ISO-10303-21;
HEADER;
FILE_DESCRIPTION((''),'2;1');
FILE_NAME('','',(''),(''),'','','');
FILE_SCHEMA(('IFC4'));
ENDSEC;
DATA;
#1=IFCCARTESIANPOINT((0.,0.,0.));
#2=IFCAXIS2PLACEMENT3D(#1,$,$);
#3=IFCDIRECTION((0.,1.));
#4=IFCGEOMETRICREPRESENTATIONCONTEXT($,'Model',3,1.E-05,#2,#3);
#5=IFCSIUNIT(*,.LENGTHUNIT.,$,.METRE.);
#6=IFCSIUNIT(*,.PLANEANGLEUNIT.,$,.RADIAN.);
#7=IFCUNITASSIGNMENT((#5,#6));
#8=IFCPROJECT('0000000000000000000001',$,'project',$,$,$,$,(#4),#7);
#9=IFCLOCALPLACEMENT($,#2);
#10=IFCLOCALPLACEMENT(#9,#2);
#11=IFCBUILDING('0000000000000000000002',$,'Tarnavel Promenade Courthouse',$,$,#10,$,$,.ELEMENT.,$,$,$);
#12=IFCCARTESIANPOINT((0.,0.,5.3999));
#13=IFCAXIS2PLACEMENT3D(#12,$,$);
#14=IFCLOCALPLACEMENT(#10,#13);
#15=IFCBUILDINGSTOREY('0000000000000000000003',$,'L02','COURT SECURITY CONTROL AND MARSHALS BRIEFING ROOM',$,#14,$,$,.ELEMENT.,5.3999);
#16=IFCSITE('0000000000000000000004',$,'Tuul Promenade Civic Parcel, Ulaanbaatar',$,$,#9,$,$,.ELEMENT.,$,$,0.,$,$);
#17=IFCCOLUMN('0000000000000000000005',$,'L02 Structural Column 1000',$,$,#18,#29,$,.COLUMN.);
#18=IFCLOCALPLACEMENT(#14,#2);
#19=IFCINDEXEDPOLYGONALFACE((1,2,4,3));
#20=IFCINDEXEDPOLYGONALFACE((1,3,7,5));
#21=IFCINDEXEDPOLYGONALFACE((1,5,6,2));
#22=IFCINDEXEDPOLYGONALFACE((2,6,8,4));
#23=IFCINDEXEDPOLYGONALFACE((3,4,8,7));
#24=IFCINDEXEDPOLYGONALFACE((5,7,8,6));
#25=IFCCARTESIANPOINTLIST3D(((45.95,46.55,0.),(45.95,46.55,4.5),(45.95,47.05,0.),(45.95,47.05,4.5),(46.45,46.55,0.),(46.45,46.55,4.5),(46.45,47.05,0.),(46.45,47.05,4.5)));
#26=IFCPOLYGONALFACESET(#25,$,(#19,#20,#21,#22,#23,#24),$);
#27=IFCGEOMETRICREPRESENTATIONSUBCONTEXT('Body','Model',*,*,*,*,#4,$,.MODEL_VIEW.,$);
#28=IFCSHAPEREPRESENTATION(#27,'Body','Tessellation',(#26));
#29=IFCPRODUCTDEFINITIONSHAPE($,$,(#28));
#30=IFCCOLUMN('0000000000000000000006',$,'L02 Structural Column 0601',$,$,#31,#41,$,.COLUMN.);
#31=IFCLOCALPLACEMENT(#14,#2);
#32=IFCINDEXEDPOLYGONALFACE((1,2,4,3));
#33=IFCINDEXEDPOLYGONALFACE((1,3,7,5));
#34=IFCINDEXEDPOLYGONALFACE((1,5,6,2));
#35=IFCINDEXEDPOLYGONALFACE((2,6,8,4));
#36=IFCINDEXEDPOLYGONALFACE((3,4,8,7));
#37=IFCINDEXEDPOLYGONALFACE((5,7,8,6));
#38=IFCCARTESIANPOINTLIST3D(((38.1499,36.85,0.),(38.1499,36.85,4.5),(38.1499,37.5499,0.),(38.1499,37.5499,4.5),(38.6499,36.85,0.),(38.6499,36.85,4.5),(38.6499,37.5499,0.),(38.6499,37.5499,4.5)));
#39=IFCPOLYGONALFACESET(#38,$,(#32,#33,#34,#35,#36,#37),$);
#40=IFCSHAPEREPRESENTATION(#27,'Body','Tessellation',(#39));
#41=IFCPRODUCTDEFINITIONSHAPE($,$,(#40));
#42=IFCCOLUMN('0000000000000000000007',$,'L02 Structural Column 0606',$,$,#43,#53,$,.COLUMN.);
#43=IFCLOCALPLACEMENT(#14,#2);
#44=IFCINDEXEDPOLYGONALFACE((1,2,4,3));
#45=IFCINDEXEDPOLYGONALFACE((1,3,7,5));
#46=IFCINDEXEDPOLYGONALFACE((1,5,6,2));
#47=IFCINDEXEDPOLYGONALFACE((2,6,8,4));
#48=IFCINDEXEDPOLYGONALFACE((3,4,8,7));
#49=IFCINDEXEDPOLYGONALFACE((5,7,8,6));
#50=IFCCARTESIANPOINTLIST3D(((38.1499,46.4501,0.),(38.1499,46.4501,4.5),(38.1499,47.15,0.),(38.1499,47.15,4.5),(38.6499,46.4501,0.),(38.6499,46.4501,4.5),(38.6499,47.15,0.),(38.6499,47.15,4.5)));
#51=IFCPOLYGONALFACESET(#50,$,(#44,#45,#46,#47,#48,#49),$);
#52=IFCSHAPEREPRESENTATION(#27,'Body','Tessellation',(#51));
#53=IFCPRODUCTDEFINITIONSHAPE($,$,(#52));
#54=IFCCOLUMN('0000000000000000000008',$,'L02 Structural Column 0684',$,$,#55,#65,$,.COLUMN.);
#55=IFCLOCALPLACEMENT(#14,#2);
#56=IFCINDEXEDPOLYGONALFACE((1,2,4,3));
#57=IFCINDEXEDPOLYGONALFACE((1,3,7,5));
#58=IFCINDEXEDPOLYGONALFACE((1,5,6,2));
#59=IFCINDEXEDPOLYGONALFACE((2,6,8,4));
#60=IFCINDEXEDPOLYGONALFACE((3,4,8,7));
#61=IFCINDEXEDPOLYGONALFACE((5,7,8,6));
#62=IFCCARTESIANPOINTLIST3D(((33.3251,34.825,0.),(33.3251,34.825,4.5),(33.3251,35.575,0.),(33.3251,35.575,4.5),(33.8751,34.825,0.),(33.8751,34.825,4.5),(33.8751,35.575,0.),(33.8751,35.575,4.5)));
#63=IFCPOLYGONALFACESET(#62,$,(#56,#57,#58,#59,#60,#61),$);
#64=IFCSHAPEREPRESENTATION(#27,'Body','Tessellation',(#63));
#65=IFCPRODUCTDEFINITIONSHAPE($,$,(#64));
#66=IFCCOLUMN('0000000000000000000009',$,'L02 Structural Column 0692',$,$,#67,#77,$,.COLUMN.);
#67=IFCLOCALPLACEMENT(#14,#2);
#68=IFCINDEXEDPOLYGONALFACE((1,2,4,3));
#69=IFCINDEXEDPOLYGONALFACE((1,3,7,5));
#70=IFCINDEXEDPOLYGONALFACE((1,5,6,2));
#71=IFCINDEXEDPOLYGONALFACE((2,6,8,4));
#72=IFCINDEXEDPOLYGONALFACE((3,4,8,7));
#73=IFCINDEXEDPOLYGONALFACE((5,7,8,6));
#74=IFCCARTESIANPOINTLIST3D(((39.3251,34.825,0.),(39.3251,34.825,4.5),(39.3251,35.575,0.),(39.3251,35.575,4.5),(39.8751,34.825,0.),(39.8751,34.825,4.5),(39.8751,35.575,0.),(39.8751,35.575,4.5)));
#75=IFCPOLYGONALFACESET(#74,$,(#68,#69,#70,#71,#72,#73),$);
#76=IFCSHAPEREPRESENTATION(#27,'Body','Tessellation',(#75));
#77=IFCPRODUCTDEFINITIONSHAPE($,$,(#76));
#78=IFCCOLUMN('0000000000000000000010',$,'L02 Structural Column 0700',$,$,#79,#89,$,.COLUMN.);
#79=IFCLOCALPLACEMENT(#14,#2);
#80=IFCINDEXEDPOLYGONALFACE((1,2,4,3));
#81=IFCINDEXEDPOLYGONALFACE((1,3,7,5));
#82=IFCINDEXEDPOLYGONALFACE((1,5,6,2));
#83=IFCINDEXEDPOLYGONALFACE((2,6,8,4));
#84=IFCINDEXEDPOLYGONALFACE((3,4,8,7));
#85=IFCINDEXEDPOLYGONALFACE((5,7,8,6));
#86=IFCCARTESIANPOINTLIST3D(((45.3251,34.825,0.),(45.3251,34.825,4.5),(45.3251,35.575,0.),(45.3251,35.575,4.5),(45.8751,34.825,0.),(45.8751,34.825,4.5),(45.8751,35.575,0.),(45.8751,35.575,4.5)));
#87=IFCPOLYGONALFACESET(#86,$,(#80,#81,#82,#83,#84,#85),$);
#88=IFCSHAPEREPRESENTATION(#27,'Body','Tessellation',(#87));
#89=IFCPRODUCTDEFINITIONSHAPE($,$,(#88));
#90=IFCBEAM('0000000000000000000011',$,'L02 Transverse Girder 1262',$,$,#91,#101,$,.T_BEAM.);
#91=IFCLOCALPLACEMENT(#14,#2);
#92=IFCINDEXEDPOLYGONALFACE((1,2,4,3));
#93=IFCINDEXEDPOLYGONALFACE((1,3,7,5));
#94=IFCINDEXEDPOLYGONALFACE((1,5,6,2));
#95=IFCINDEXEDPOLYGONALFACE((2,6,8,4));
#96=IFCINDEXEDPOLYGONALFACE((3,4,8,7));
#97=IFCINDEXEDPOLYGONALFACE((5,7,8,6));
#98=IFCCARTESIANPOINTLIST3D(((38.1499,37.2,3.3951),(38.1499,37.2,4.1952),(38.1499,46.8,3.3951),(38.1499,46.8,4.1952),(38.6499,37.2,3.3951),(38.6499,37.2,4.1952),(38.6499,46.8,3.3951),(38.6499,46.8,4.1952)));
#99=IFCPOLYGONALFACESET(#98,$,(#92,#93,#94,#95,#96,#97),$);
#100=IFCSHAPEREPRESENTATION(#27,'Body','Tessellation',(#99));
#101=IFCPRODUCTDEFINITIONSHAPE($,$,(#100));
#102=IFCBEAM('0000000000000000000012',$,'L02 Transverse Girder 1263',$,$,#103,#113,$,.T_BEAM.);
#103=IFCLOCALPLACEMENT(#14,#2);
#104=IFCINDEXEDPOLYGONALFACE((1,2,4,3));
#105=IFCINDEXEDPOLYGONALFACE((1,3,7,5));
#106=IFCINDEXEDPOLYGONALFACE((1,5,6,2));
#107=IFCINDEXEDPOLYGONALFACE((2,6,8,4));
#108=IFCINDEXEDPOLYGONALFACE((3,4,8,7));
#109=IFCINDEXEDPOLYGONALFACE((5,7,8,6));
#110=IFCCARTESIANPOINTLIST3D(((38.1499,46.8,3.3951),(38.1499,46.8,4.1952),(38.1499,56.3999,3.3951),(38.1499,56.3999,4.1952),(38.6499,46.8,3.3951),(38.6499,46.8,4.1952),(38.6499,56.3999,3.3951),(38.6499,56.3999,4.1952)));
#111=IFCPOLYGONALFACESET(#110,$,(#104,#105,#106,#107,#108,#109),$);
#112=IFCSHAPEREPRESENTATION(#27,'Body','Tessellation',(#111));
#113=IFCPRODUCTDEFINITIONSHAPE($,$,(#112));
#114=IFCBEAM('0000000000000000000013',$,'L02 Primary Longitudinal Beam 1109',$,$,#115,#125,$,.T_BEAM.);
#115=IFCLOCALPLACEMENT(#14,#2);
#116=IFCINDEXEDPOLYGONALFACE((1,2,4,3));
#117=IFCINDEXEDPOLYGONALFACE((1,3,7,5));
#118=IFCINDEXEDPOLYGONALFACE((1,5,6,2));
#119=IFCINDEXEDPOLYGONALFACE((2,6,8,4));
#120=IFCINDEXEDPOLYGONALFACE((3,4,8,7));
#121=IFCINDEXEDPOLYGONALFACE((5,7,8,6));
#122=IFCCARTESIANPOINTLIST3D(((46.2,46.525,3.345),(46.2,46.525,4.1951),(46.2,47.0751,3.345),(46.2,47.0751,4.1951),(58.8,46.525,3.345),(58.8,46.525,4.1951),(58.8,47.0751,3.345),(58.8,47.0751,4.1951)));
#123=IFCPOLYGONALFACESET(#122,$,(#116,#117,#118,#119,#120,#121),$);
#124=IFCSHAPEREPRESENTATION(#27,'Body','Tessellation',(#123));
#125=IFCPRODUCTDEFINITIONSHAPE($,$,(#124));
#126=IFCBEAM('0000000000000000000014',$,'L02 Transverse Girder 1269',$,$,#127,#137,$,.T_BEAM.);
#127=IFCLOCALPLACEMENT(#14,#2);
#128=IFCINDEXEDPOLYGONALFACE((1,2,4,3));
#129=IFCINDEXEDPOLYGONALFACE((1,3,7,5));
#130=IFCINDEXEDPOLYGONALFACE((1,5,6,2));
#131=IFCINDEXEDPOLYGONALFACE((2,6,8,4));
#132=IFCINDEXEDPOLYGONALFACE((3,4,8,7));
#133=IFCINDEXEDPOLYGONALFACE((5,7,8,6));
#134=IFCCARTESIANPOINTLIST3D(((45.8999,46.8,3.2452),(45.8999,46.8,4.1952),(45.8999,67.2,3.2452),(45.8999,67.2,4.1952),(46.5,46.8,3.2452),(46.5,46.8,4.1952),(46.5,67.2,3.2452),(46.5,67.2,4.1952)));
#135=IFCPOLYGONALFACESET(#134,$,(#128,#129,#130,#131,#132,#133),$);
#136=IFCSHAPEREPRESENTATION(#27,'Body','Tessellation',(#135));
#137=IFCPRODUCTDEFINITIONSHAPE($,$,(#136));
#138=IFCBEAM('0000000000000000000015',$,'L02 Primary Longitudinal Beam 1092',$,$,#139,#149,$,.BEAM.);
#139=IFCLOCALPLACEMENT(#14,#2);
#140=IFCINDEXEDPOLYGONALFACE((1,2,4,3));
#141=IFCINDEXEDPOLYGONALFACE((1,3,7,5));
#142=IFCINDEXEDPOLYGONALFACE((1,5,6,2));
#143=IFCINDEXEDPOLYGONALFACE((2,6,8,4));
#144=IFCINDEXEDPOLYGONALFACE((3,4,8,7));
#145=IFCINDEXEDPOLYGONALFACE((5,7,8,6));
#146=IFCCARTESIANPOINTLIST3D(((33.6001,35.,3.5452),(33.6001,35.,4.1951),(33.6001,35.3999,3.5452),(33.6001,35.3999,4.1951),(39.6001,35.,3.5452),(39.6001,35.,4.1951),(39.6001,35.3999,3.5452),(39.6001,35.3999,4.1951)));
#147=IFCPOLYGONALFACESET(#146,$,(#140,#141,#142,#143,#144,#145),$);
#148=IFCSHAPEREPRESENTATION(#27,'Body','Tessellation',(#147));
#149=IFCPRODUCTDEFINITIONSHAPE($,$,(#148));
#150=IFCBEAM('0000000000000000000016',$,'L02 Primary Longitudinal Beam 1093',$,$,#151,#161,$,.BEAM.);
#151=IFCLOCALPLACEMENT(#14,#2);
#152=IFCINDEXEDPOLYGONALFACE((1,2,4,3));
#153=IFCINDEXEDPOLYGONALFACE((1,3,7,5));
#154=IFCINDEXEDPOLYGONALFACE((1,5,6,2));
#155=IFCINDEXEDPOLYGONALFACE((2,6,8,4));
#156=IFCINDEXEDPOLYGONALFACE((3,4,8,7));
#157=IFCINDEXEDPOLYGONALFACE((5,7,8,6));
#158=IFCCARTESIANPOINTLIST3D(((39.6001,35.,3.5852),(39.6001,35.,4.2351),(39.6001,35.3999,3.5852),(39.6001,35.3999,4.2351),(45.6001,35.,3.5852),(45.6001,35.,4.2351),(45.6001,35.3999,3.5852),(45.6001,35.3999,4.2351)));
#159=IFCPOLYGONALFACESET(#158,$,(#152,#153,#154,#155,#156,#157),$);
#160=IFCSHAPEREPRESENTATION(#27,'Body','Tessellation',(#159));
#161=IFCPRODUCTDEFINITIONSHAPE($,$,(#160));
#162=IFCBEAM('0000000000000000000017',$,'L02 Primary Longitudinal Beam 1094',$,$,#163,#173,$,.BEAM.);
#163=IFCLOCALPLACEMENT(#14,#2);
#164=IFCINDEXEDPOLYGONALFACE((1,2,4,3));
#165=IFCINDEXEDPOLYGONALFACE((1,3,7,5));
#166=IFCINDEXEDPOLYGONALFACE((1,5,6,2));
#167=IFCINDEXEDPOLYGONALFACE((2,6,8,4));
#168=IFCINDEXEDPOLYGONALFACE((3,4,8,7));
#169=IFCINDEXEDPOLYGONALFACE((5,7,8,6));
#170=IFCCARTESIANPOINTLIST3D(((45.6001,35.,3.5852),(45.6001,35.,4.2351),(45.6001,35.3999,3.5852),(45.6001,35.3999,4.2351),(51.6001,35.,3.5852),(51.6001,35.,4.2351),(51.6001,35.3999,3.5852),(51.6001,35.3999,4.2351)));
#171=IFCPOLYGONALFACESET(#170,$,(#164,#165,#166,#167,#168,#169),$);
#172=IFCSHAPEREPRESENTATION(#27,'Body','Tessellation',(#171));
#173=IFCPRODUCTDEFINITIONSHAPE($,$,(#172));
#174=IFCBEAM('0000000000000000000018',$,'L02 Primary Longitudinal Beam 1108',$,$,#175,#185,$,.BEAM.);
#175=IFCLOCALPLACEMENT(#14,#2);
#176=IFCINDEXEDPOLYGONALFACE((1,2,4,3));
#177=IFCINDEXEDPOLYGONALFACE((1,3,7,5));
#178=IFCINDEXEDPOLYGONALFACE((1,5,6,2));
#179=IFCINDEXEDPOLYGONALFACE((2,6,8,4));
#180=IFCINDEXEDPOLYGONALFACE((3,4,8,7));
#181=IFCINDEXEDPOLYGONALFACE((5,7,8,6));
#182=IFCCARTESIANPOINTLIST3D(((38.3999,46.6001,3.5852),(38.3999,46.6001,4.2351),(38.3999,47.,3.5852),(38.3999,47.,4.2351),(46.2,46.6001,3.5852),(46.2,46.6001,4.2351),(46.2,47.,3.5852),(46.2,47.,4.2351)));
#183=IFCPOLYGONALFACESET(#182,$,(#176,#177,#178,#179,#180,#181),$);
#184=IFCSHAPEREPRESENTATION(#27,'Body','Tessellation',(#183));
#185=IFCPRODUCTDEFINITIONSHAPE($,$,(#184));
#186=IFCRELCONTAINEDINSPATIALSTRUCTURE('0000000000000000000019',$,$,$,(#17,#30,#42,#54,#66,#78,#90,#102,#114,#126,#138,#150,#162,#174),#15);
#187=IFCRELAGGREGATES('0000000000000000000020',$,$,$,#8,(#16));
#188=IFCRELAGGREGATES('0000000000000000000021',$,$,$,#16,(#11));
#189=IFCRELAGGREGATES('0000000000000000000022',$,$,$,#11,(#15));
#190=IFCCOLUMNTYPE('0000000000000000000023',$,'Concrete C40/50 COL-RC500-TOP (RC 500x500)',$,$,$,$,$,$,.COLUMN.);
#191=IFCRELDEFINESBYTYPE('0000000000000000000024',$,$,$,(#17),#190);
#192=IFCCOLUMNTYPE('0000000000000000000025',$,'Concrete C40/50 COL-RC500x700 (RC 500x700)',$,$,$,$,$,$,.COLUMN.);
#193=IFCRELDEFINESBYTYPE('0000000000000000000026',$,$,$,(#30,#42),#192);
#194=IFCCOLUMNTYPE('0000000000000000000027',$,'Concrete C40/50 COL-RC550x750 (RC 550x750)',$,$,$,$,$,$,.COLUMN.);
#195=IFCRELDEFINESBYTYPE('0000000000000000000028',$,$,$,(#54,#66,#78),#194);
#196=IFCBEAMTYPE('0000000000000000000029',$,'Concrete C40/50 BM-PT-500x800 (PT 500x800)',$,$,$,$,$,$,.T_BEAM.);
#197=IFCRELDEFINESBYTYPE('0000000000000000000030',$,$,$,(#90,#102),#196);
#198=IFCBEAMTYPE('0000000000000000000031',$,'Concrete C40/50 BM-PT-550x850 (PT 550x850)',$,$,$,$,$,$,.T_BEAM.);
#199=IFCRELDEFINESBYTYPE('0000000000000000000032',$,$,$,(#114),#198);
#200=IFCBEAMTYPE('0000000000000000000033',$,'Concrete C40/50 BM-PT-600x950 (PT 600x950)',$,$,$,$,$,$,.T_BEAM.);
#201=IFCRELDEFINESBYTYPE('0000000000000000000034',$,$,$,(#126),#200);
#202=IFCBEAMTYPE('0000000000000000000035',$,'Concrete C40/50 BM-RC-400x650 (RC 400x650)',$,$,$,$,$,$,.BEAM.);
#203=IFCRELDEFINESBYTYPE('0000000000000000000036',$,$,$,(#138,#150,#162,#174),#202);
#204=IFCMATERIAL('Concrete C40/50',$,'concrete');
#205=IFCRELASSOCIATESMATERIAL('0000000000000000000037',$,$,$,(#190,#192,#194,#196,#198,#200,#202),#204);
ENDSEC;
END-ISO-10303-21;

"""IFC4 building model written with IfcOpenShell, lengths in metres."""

from ifc_helpers import new_model, si_unit, direction, frame, origin, origin_2d, place, context, subcontext, project, spatial, rectangle, extrude, material, material_profile, profile_set, type_object, element, save


model = new_model("IFC4")

# Units and contexts
model_context = context("Model", 3, precision=1e-05, world=origin(), true_north=direction((0.0, 1.0)))
body_context = subcontext(model_context, "Body", "Model", "MODEL_VIEW")
ifc_project = project(units=[si_unit("LENGTHUNIT", "METRE"), si_unit("PLANEANGLEUNIT", "RADIAN")], contexts=[model_context])

# Site, building, storey
site_placement = place(None, origin())
site = spatial("IfcSite", under=ifc_project, at=site_placement, Name="Tuul Promenade Civic Parcel, Ulaanbaatar", CompositionType="ELEMENT", RefElevation=0.0)
building_placement = place(site_placement, origin())
building = spatial("IfcBuilding", under=site, at=building_placement, Name="Tarnavel Promenade Courthouse", CompositionType="ELEMENT")
storey_placement = place(building_placement, frame((0.0, 0.0, 5.3999)))
storey = spatial("IfcBuildingStorey", under=building, at=storey_placement, Name="L02", Description="COURT SECURITY CONTROL AND MARSHALS BRIEFING ROOM", CompositionType="ELEMENT", Elevation=5.3999)

# Columns
ifc_material_1 = material(Name="Concrete C40/50", Category="concrete")
ifc_material_profile_1 = material_profile(ifc_material_1, rectangle(XDim=0.5, YDim=0.5, at=origin_2d()), Name="RC 500x500")
ifc_profile_set_1 = profile_set([ifc_material_profile_1], Name="Concrete C40/50")
column_type_1 = type_object("IfcColumnType", Name="Concrete C40/50 COL-RC500-TOP (RC 500x500)", PredefinedType="COLUMN", material=ifc_profile_set_1)
column_placement = place(storey_placement, frame((46.2, 46.8, 0.0), z_axis=(0.0, 0.0, 1.0), x_axis=(1.0, 0.0, 0.0)))
element("IfcColumn", 1, at=column_placement, inside=storey, type_object=column_type_1, Name="L02 Structural Column 1000", PredefinedType="COLUMN", context=body_context, shape_type="SweptSolid", body=[
    extrude(rectangle(XDim=0.5, YDim=0.5, at=origin_2d()), origin(), (0.0, 0.0, 1.0), 4.5),
])
ifc_material_profile_2 = material_profile(ifc_material_1, rectangle(XDim=0.5, YDim=0.7, at=origin_2d()), Name="RC 500x700")
ifc_profile_set_2 = profile_set([ifc_material_profile_2], Name="Concrete C40/50")
column_type_2 = type_object("IfcColumnType", Name="Concrete C40/50 COL-RC500x700 (RC 500x700)", PredefinedType="COLUMN", material=ifc_profile_set_2)
for number, where, z_axis, x_axis, name in (
    (2, (38.3999, 37.2, 0.0), (0.0, 0.0, 1.0), (1.0, 0.0, 0.0), "L02 Structural Column 0601"),
    (3, (38.3999, 46.8, 0.0), (0.0, 0.0, 1.0), (1.0, 0.0, 0.0), "L02 Structural Column 0606"),
):
    element("IfcColumn", number, at=place(storey_placement, frame(where, z_axis=z_axis, x_axis=x_axis)), inside=storey, type_object=column_type_2, Name=name, PredefinedType="COLUMN", context=body_context, shape_type="SweptSolid", body=[
        extrude(rectangle(XDim=0.5, YDim=0.7, at=origin_2d()), origin(), (0.0, 0.0, 1.0), 4.5),
    ])
ifc_material_profile_3 = material_profile(ifc_material_1, rectangle(XDim=0.55, YDim=0.75, at=origin_2d()), Name="RC 550x750")
ifc_profile_set_3 = profile_set([ifc_material_profile_3], Name="Concrete C40/50")
column_type_3 = type_object("IfcColumnType", Name="Concrete C40/50 COL-RC550x750 (RC 550x750)", PredefinedType="COLUMN", material=ifc_profile_set_3)
for number, where, z_axis, x_axis, name in (
    (4, (33.6001, 35.2, 0.0), (0.0, 0.0, 1.0), (1.0, 0.0, 0.0), "L02 Structural Column 0684"),
    (5, (39.6001, 35.2, 0.0), (0.0, 0.0, 1.0), (1.0, 0.0, 0.0), "L02 Structural Column 0692"),
    (6, (45.6001, 35.2, 0.0), (0.0, 0.0, 1.0), (1.0, 0.0, 0.0), "L02 Structural Column 0700"),
):
    element("IfcColumn", number, at=place(storey_placement, frame(where, z_axis=z_axis, x_axis=x_axis)), inside=storey, type_object=column_type_3, Name=name, PredefinedType="COLUMN", context=body_context, shape_type="SweptSolid", body=[
        extrude(rectangle(XDim=0.55, YDim=0.75, at=origin_2d()), origin(), (0.0, 0.0, 1.0), 4.5),
    ])

# Beams
ifc_material_profile_4 = material_profile(ifc_material_1, rectangle(XDim=0.5, YDim=0.8, at=origin_2d()), Name="PT 500x800")
ifc_profile_set_4 = profile_set([ifc_material_profile_4], Name="Concrete C40/50")
beam_type_1 = type_object("IfcBeamType", Name="Concrete C40/50 BM-PT-500x800 (PT 500x800)", PredefinedType="T_BEAM", material=ifc_profile_set_4)
beam_1_placement = place(storey_placement, frame((38.3999, 37.2, 3.7952), z_axis=(0.0, 1.0, 0.0), x_axis=(-1.0, 0.0, 0.0)))
element("IfcBeam", 7, at=beam_1_placement, inside=storey, type_object=beam_type_1, Name="L02 Transverse Girder 1262", PredefinedType="T_BEAM", context=body_context, shape_type="SweptSolid", body=[
    extrude(rectangle(XDim=0.5, YDim=0.8, at=origin_2d()), origin(), (0.0, 0.0, 1.0), 9.6001),
])
beam_2_placement = place(storey_placement, frame((38.3999, 46.8, 3.7952), z_axis=(0.0, 1.0, 0.0), x_axis=(-1.0, 0.0, 0.0)))
element("IfcBeam", 8, at=beam_2_placement, inside=storey, type_object=beam_type_1, Name="L02 Transverse Girder 1263", PredefinedType="T_BEAM", context=body_context, shape_type="SweptSolid", body=[
    extrude(rectangle(XDim=0.5, YDim=0.8, at=origin_2d()), origin(), (0.0, 0.0, 1.0), 9.5999),
])
ifc_material_profile_5 = material_profile(ifc_material_1, rectangle(XDim=0.55, YDim=0.8501, at=origin_2d()), Name="PT 550x850")
ifc_profile_set_5 = profile_set([ifc_material_profile_5], Name="Concrete C40/50")
beam_type_2 = type_object("IfcBeamType", Name="Concrete C40/50 BM-PT-550x850 (PT 550x850)", PredefinedType="T_BEAM", material=ifc_profile_set_5)
beam_3_placement = place(storey_placement, frame((46.2, 46.8, 3.77), z_axis=(1.0, 0.0, 0.0), x_axis=(0.0, 1.0, 0.0)))
element("IfcBeam", 9, at=beam_3_placement, inside=storey, type_object=beam_type_2, Name="L02 Primary Longitudinal Beam 1109", PredefinedType="T_BEAM", context=body_context, shape_type="SweptSolid", body=[
    extrude(rectangle(XDim=0.55, YDim=0.8501, at=origin_2d()), origin(), (0.0, 0.0, 1.0), 12.6001),
])
ifc_material_profile_6 = material_profile(ifc_material_1, rectangle(XDim=0.6001, YDim=0.95, at=origin_2d()), Name="PT 600x950")
ifc_profile_set_6 = profile_set([ifc_material_profile_6], Name="Concrete C40/50")
beam_type_3 = type_object("IfcBeamType", Name="Concrete C40/50 BM-PT-600x950 (PT 600x950)", PredefinedType="T_BEAM", material=ifc_profile_set_6)
beam_4_placement = place(storey_placement, frame((46.2, 46.8, 3.7202), z_axis=(0.0, 1.0, 0.0), x_axis=(-1.0, 0.0, 0.0)))
element("IfcBeam", 10, at=beam_4_placement, inside=storey, type_object=beam_type_3, Name="L02 Transverse Girder 1269", PredefinedType="T_BEAM", context=body_context, shape_type="SweptSolid", body=[
    extrude(rectangle(XDim=0.6001, YDim=0.95, at=origin_2d()), origin(), (0.0, 0.0, 1.0), 20.3999),
])
ifc_material_profile_7 = material_profile(ifc_material_1, rectangle(XDim=0.3999, YDim=0.6499, at=origin_2d()), Name="RC 400x650")
ifc_profile_set_7 = profile_set([ifc_material_profile_7], Name="Concrete C40/50")
beam_type_4 = type_object("IfcBeamType", Name="Concrete C40/50 BM-RC-400x650 (RC 400x650)", PredefinedType="BEAM", material=ifc_profile_set_7)
for number, where, z_axis, x_axis, name in (
    (11, (33.6001, 35.2, 3.8701), (1.0, 0.0, 0.0), (0.0, 1.0, 0.0), "L02 Primary Longitudinal Beam 1092"),
    (12, (39.6001, 35.2, 3.9102), (1.0, 0.0, 0.0), (0.0, 1.0, 0.0), "L02 Primary Longitudinal Beam 1093"),
    (13, (45.6001, 35.2, 3.9102), (1.0, 0.0, 0.0), (0.0, 1.0, 0.0), "L02 Primary Longitudinal Beam 1094"),
):
    element("IfcBeam", number, at=place(storey_placement, frame(where, z_axis=z_axis, x_axis=x_axis)), inside=storey, type_object=beam_type_4, Name=name, PredefinedType="BEAM", context=body_context, shape_type="SweptSolid", body=[
        extrude(rectangle(XDim=0.3999, YDim=0.6499, at=origin_2d()), origin(), (0.0, 0.0, 1.0), 6.0),
    ])
beam_5_placement = place(storey_placement, frame((38.3999, 46.8, 3.9102), z_axis=(1.0, 0.0, 0.0), x_axis=(0.0, 1.0, 0.0)))
element("IfcBeam", 14, at=beam_5_placement, inside=storey, type_object=beam_type_4, Name="L02 Primary Longitudinal Beam 1108", PredefinedType="BEAM", context=body_context, shape_type="SweptSolid", body=[
    extrude(rectangle(XDim=0.3999, YDim=0.6499, at=origin_2d()), origin(), (0.0, 0.0, 1.0), 7.8),
])

save(model, "model.ifc")
